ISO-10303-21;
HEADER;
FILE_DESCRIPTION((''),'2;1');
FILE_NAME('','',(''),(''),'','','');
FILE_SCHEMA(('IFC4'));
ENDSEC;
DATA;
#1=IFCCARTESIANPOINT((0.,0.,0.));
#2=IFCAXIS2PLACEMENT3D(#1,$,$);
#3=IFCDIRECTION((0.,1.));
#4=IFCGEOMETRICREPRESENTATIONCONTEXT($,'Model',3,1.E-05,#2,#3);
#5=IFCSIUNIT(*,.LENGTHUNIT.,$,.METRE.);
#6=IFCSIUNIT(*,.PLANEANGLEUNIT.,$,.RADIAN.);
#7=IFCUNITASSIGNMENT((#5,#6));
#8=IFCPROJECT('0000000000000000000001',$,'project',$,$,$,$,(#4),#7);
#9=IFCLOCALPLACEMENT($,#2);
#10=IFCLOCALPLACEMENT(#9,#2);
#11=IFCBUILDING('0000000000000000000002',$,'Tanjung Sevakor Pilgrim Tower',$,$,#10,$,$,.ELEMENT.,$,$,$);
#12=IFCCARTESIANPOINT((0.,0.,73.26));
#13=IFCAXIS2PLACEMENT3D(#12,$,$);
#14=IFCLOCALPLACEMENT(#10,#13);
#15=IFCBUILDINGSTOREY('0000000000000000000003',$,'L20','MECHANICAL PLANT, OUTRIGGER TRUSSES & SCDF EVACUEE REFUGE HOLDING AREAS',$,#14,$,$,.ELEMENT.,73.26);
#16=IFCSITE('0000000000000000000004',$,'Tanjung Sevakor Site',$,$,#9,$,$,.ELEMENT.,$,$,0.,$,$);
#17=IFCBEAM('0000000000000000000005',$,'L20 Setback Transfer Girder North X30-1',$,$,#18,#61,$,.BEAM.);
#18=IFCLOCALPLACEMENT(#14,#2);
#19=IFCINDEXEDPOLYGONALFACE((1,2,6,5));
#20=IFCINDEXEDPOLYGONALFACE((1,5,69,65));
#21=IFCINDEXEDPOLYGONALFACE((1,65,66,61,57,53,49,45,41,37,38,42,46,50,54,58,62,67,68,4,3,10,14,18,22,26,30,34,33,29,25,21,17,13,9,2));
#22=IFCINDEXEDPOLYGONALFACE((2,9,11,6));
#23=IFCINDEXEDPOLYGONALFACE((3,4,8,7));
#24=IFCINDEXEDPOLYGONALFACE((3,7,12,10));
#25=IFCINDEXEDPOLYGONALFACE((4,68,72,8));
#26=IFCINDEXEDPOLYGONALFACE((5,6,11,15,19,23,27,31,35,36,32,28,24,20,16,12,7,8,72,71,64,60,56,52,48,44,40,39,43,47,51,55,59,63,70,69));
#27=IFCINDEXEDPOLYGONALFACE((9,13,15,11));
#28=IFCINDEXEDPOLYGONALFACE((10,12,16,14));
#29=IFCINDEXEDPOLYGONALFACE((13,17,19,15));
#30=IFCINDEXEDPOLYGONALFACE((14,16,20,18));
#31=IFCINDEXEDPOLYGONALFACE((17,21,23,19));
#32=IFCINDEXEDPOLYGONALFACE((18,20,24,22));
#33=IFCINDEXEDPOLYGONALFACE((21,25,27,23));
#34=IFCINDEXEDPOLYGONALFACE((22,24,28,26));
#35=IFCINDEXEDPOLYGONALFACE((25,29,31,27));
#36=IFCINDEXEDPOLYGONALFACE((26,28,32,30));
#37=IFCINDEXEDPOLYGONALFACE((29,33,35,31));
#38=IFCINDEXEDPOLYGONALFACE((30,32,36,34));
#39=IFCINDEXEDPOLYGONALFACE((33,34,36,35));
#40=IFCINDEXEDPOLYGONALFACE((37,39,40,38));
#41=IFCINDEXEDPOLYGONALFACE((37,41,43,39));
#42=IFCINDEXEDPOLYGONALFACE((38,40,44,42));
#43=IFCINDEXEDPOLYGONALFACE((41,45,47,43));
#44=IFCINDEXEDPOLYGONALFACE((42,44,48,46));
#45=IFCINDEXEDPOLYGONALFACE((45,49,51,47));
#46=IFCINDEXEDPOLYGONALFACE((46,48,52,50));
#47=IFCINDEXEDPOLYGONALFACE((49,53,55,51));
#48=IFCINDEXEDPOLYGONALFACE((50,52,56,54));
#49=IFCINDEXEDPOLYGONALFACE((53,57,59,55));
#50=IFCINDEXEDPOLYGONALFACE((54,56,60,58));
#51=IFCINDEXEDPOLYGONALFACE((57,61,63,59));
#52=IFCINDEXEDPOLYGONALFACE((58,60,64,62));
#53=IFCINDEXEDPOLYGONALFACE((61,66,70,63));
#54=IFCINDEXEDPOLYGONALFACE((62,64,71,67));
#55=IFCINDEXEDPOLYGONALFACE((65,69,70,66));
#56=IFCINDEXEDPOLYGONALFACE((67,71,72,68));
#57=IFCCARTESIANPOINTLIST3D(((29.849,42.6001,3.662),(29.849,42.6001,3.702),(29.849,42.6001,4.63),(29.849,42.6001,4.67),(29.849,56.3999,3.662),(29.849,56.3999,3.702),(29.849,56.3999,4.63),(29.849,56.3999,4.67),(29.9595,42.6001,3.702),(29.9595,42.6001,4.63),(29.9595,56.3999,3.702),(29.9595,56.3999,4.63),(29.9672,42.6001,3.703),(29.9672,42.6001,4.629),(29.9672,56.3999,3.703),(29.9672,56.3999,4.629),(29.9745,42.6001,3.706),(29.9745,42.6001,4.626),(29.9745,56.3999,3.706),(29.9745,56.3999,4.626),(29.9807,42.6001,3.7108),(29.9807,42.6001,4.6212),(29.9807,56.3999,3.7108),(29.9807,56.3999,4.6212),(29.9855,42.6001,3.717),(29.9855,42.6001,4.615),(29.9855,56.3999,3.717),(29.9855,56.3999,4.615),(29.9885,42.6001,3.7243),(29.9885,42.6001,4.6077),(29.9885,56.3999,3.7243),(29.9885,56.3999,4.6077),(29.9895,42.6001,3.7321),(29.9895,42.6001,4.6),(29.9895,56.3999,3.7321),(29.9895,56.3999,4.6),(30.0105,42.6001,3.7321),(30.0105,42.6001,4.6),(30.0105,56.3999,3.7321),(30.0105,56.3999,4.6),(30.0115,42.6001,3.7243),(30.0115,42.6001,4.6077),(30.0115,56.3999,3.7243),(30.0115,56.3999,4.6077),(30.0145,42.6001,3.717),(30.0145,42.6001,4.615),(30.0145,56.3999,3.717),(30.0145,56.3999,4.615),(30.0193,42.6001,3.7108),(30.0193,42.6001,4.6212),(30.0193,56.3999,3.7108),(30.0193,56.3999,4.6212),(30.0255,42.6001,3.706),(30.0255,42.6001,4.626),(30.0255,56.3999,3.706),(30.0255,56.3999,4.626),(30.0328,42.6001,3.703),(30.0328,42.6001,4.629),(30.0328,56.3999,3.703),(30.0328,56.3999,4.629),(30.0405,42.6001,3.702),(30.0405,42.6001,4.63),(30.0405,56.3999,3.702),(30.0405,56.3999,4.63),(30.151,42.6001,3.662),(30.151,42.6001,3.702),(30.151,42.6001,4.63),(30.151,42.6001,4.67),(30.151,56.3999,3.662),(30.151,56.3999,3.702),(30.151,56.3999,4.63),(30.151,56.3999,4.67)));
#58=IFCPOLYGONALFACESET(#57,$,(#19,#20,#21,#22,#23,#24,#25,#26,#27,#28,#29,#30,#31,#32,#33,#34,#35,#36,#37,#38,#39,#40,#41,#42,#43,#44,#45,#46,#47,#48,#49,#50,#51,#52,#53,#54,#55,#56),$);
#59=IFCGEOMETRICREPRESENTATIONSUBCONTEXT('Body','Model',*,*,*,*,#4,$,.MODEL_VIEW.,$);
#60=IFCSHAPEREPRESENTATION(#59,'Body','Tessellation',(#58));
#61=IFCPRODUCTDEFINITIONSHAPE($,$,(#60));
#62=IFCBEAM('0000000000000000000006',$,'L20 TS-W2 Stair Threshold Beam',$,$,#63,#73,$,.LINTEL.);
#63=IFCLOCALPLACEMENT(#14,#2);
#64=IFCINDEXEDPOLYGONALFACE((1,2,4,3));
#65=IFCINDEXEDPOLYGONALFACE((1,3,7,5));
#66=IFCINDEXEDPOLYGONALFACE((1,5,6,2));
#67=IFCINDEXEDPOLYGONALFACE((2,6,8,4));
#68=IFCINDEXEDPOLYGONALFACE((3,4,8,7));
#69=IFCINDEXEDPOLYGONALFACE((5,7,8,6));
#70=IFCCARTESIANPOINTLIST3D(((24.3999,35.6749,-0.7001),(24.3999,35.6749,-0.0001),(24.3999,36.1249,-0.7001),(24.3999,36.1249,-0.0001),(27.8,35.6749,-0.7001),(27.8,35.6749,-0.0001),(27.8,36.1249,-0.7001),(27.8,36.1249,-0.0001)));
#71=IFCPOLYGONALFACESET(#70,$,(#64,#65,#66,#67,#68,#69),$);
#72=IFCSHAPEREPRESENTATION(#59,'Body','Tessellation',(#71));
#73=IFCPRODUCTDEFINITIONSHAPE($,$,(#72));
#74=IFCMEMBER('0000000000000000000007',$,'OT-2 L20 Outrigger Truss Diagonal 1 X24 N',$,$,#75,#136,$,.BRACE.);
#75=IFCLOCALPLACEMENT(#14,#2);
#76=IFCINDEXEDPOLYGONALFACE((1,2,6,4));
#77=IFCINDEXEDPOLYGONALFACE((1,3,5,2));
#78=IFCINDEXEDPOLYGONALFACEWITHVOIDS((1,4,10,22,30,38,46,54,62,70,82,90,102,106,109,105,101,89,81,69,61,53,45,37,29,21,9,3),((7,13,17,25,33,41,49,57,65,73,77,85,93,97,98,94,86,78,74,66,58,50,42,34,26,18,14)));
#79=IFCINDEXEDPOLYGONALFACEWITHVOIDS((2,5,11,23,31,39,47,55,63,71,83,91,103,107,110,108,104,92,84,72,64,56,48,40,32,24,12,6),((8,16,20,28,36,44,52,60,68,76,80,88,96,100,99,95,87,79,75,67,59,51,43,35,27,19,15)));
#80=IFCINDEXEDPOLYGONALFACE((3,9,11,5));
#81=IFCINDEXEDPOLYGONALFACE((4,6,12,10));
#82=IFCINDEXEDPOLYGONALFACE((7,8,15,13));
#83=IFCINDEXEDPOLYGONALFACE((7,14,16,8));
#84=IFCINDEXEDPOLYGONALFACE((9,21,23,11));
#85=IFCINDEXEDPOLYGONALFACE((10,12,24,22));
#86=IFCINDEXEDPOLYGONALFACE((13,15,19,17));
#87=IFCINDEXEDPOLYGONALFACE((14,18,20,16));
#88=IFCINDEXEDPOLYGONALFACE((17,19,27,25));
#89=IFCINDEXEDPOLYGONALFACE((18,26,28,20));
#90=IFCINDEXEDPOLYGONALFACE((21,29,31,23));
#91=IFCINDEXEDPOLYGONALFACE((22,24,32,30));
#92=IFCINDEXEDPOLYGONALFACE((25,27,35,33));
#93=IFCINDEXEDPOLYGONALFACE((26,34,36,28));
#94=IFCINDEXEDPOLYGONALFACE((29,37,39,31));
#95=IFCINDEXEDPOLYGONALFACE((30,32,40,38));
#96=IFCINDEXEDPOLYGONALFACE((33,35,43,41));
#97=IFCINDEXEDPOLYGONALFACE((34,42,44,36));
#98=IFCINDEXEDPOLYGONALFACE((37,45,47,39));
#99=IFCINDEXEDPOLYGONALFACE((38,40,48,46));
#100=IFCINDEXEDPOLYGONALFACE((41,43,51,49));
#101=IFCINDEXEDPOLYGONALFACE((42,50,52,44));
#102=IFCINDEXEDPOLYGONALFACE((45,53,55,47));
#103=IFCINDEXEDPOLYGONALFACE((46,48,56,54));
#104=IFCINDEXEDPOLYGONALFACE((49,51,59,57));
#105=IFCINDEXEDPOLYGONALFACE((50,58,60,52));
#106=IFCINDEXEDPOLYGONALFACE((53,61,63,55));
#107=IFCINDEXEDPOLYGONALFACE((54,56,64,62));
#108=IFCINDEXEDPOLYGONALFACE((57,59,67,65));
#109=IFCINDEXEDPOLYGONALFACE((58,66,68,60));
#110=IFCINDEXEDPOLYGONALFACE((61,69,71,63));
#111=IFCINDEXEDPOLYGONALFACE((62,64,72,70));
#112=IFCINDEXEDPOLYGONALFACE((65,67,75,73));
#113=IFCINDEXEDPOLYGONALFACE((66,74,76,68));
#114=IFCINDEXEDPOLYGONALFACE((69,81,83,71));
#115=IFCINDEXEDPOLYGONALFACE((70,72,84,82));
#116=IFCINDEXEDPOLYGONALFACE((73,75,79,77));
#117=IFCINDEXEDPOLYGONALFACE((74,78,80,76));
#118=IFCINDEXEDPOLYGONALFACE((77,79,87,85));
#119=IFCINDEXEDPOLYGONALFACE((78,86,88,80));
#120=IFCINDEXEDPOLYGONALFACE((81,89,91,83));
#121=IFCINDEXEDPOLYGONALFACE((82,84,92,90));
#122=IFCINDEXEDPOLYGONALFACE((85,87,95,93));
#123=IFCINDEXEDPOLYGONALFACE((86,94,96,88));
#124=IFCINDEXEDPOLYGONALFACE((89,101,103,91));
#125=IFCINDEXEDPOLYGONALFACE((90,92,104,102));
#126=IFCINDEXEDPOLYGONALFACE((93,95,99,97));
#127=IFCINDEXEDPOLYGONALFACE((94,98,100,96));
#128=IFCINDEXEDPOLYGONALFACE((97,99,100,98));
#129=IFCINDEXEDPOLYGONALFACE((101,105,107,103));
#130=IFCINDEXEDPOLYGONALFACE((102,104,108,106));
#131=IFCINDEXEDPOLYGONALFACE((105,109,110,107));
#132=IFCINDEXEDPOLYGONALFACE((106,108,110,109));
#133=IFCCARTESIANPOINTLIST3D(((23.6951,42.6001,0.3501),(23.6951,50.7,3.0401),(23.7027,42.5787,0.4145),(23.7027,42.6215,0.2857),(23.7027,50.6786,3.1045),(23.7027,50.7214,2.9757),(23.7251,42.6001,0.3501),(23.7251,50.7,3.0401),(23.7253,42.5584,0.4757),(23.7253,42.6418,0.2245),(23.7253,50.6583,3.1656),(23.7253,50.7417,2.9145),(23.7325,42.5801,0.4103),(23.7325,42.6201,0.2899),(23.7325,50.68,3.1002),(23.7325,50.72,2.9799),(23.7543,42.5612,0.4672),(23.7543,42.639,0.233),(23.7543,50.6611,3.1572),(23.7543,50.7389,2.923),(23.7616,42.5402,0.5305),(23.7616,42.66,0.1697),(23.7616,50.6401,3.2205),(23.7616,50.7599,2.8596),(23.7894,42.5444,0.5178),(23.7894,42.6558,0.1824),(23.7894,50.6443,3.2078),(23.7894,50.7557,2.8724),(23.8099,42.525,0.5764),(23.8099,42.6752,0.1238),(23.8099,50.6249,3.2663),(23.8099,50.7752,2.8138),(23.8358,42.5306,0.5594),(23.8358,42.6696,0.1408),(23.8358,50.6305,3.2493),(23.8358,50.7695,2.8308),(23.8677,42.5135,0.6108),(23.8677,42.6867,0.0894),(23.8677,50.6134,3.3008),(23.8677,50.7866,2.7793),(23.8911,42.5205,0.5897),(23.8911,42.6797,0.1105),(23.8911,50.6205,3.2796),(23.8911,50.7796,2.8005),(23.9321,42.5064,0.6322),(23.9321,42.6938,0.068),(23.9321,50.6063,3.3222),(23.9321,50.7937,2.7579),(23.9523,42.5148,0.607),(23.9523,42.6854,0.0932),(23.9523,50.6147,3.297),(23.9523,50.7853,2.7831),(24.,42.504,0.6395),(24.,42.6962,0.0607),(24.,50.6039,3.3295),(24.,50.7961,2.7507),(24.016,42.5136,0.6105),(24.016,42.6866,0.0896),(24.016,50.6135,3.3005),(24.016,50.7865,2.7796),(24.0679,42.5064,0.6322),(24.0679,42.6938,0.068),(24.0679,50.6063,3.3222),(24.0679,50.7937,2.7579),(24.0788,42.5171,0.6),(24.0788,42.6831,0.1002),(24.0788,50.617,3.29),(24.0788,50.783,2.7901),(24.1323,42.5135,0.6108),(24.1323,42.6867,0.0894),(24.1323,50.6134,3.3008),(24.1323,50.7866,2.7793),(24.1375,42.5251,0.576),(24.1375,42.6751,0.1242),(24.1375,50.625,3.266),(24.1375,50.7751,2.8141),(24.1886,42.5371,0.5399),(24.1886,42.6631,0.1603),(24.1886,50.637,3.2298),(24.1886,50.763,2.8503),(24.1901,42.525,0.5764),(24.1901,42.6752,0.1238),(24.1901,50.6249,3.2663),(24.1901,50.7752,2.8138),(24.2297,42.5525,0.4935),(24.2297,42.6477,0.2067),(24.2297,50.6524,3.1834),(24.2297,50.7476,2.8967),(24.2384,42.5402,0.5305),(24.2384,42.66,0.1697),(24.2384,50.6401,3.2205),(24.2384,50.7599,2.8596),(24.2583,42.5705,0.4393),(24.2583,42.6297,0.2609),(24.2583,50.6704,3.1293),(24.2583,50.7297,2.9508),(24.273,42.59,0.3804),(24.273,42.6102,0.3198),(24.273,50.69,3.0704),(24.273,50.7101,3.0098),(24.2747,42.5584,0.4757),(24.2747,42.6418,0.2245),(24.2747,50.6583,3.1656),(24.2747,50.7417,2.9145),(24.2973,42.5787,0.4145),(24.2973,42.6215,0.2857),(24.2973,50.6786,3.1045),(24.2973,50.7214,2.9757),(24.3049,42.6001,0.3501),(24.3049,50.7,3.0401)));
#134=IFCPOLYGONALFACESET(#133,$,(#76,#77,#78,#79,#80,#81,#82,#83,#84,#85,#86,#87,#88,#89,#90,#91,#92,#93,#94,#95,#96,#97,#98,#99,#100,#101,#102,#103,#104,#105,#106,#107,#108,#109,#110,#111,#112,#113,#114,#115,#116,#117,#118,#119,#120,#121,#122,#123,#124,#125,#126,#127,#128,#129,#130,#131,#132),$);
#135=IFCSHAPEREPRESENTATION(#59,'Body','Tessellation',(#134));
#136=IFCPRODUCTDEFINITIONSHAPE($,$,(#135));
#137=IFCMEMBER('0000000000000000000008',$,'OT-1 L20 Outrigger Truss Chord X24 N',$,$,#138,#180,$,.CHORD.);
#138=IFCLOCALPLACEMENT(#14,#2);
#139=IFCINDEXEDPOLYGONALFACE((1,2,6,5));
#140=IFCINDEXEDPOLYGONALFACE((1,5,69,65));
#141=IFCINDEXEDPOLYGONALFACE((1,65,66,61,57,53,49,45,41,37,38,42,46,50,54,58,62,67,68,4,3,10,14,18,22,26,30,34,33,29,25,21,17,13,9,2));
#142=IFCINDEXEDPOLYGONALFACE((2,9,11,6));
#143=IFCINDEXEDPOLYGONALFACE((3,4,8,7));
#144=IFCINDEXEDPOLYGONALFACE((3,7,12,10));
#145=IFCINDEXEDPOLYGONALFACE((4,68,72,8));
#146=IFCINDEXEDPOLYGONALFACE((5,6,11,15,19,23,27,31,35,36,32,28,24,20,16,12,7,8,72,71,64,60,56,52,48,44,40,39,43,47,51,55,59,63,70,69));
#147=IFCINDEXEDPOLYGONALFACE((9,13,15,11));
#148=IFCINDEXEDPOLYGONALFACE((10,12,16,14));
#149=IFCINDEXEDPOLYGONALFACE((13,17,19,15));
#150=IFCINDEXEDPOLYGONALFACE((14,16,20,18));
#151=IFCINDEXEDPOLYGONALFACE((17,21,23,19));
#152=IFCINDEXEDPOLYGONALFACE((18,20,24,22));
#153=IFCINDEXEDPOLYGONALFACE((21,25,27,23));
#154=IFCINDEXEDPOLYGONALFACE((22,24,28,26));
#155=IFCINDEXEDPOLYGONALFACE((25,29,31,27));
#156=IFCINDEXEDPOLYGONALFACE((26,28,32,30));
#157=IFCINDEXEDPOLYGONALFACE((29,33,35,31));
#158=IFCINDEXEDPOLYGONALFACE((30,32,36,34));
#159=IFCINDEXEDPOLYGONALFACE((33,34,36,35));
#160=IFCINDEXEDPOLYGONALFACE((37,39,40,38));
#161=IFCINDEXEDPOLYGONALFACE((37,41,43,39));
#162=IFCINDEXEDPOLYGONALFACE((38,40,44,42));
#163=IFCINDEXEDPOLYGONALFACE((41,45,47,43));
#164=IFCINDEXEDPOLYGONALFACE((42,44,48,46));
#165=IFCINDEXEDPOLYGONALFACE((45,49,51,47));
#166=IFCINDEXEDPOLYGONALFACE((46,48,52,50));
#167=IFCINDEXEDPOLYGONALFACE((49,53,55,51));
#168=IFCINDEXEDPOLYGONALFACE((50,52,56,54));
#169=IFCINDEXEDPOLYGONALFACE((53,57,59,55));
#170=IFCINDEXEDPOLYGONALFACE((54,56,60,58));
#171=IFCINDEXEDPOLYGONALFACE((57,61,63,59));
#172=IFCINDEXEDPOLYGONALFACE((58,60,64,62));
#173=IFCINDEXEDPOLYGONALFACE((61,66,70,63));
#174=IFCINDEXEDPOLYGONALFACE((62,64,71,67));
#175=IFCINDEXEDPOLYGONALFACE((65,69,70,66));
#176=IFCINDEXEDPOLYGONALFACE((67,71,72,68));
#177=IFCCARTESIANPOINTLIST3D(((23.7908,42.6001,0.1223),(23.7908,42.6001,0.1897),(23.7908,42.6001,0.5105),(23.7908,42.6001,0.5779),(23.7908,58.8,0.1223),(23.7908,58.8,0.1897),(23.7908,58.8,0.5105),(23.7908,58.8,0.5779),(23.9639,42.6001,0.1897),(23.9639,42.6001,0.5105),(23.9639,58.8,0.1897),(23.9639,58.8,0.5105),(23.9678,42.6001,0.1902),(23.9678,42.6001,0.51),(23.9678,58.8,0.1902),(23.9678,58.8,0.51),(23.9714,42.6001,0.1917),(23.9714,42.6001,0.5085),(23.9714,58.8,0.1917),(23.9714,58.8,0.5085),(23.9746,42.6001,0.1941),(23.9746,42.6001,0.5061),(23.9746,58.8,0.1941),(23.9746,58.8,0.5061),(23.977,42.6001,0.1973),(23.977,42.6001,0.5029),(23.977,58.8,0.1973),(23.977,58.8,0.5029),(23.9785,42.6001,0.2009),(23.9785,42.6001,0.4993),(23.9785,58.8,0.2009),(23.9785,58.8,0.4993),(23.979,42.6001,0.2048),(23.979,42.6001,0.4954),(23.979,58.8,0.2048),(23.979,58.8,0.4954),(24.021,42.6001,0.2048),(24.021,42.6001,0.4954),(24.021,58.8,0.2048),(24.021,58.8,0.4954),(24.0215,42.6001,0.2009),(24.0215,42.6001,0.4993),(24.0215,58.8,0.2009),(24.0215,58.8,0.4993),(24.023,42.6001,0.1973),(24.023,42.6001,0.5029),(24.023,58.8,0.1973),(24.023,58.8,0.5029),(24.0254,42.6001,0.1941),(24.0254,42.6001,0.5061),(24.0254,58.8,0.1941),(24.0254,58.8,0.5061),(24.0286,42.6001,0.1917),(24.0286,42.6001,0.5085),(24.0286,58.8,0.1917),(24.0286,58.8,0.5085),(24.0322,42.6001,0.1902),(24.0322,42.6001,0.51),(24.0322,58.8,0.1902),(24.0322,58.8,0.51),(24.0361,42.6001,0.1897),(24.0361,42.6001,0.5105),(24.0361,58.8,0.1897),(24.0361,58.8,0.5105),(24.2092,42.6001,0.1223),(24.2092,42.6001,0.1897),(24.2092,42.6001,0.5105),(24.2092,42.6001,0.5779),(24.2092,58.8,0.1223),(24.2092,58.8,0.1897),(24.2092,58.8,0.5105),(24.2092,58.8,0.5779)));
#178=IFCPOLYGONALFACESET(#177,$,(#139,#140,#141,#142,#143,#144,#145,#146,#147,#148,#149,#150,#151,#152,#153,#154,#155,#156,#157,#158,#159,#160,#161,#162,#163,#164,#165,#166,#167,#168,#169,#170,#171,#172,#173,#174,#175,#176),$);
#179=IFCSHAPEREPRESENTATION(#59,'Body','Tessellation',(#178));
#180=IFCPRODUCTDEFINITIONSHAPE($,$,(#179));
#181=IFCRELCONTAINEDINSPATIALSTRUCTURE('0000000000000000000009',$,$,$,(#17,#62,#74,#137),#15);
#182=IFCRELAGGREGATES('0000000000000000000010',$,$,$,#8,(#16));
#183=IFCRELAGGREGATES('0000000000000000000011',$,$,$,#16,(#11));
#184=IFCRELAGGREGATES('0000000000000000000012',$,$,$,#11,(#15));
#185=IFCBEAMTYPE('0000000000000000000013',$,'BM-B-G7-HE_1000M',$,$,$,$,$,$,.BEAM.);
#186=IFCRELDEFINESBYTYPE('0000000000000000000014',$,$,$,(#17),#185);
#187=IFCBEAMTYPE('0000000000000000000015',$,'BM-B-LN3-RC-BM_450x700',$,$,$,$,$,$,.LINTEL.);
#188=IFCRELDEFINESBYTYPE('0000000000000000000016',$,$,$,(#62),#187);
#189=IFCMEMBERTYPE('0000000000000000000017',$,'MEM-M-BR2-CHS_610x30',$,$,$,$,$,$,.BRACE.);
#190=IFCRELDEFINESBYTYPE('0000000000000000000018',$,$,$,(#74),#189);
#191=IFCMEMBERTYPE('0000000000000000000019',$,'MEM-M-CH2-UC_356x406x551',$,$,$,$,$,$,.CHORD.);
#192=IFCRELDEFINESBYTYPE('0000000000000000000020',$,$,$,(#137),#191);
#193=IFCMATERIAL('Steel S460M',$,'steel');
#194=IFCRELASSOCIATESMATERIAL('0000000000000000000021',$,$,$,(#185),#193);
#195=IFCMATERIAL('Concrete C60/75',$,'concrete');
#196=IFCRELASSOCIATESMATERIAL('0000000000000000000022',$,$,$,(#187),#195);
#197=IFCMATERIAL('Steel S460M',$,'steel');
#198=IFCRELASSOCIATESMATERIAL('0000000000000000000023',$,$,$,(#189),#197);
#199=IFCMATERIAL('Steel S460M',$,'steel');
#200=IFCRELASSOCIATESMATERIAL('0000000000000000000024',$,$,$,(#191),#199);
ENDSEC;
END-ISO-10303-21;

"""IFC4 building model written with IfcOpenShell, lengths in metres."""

from ifc_helpers import new_model, si_unit, direction, frame, origin, origin_2d, place, context, subcontext, project, spatial, rectangle, hollow_circle, i_section, extrude, material, material_profile, profile_set, type_object, element, save


model = new_model("IFC4")

# Units and contexts
model_context = context("Model", 3, precision=1e-05, world=origin(), true_north=direction((0.0, 1.0)))
body_context = subcontext(model_context, "Body", "Model", "MODEL_VIEW")
ifc_project = project(units=[si_unit("LENGTHUNIT", "METRE"), si_unit("PLANEANGLEUNIT", "RADIAN")], contexts=[model_context])

# Site, building, storey
site_placement = place(None, origin())
site = spatial("IfcSite", under=ifc_project, at=site_placement, Name="Tanjung Sevakor Site", CompositionType="ELEMENT", RefElevation=0.0)
building_placement = place(site_placement, origin())
building = spatial("IfcBuilding", under=site, at=building_placement, Name="Tanjung Sevakor Pilgrim Tower", CompositionType="ELEMENT")
storey_placement = place(building_placement, frame((0.0, 0.0, 73.26)))
storey = spatial("IfcBuildingStorey", under=building, at=storey_placement, Name="L20", Description="MECHANICAL PLANT, OUTRIGGER TRUSSES & SCDF EVACUEE REFUGE HOLDING AREAS", CompositionType="ELEMENT", Elevation=73.26)

# Beams
ifc_material_1 = material(Name="Steel S460M", Category="steel")
ifc_material_profile_1 = material_profile(ifc_material_1, i_section(OverallWidth=0.302, OverallDepth=1.0081, WebThickness=0.021, FlangeThickness=0.04, FilletRadius=0.03, at=origin_2d()))
ifc_profile_set_1 = profile_set([ifc_material_profile_1], Name="Steel S460M")
beam_type_1 = type_object("IfcBeamType", Name="BM-B-G7-HE_1000M", PredefinedType="BEAM", material=ifc_profile_set_1)
for number, where, z_axis, x_axis, name in (
    (1, (30.0, 42.6001, 4.166), (0.0, 1.0, 0.0), (-1.0, 0.0, 0.0), "L20 Setback Transfer Girder North X30-1"),
):
    element("IfcBeam", number, at=place(storey_placement, frame(where, z_axis=z_axis, x_axis=x_axis)), inside=storey, type_object=beam_type_1, Name=name, PredefinedType="BEAM", context=body_context, shape_type="SweptSolid", body=[
        extrude(i_section(OverallWidth=0.302, OverallDepth=1.0081, WebThickness=0.021, FlangeThickness=0.04, FilletRadius=0.03, at=origin_2d()), origin(), (0.0, 0.0, 1.0), 13.7998),
    ])
ifc_material_2 = material(Name="Concrete C60/75", Category="concrete")
ifc_material_profile_2 = material_profile(ifc_material_2, rectangle(XDim=0.45, YDim=0.7, at=origin_2d()))
ifc_profile_set_2 = profile_set([ifc_material_profile_2], Name="Concrete C60/75")
beam_type_2 = type_object("IfcBeamType", Name="BM-B-LN3-RC-BM_450x700", PredefinedType="LINTEL", material=ifc_profile_set_2)
beam_1_placement = place(storey_placement, frame((24.3999, 35.8999, -0.3501), z_axis=(1.0, 0.0, 0.0), x_axis=(0.0, 1.0, 0.0)))
element("IfcBeam", 2, at=beam_1_placement, inside=storey, type_object=beam_type_2, Name="L20 TS-W2 Stair Threshold Beam", PredefinedType="LINTEL", context=body_context, shape_type="SweptSolid", body=[
    extrude(rectangle(XDim=0.45, YDim=0.7, at=origin_2d()), origin(), (0.0, 0.0, 1.0), 3.4001),
])

# Members
ifc_material_3 = material(Name="Steel S460M", Category="steel")
ifc_material_profile_3 = material_profile(ifc_material_3, hollow_circle(Radius=0.3049, WallThickness=0.03, at=origin_2d()))
ifc_profile_set_3 = profile_set([ifc_material_profile_3], Name="Steel S460M")
member_type_1 = type_object("IfcMemberType", Name="MEM-M-BR2-CHS_610x30", PredefinedType="BRACE", material=ifc_profile_set_3)
member_1_placement = place(storey_placement, frame((24.0, 42.6001, 0.3501), z_axis=(0.0, 0.949035, 0.315172), x_axis=(-1.0, 0.0, 0.0)))
element("IfcMember", 3, at=member_1_placement, inside=storey, type_object=member_type_1, Name="OT-2 L20 Outrigger Truss Diagonal 1 X24 N", PredefinedType="BRACE", context=body_context, shape_type="SweptSolid", body=[
    extrude(hollow_circle(Radius=0.3049, WallThickness=0.03, at=origin_2d()), origin(), (0.0, 0.0, 1.0), 8.5349),
])
ifc_material_4 = material(Name="Steel S460M", Category="steel")
ifc_material_profile_4 = material_profile(ifc_material_4, i_section(OverallWidth=0.4185, OverallDepth=0.4556, WebThickness=0.042, FlangeThickness=0.0674, FilletRadius=0.0151, at=origin_2d()))
ifc_profile_set_4 = profile_set([ifc_material_profile_4], Name="Steel S460M")
member_type_2 = type_object("IfcMemberType", Name="MEM-M-CH2-UC_356x406x551", PredefinedType="CHORD", material=ifc_profile_set_4)
member_2_placement = place(storey_placement, frame((24.0, 42.6001, 0.3501), z_axis=(0.0, 1.0, 0.0), x_axis=(-1.0, 0.0, 0.0)))
element("IfcMember", 4, at=member_2_placement, inside=storey, type_object=member_type_2, Name="OT-1 L20 Outrigger Truss Chord X24 N", PredefinedType="CHORD", context=body_context, shape_type="SweptSolid", body=[
    extrude(i_section(OverallWidth=0.4185, OverallDepth=0.4556, WebThickness=0.042, FlangeThickness=0.0674, FilletRadius=0.0151, at=origin_2d()), origin(), (0.0, 0.0, 1.0), 16.2),
])

save(model, "model.ifc")
